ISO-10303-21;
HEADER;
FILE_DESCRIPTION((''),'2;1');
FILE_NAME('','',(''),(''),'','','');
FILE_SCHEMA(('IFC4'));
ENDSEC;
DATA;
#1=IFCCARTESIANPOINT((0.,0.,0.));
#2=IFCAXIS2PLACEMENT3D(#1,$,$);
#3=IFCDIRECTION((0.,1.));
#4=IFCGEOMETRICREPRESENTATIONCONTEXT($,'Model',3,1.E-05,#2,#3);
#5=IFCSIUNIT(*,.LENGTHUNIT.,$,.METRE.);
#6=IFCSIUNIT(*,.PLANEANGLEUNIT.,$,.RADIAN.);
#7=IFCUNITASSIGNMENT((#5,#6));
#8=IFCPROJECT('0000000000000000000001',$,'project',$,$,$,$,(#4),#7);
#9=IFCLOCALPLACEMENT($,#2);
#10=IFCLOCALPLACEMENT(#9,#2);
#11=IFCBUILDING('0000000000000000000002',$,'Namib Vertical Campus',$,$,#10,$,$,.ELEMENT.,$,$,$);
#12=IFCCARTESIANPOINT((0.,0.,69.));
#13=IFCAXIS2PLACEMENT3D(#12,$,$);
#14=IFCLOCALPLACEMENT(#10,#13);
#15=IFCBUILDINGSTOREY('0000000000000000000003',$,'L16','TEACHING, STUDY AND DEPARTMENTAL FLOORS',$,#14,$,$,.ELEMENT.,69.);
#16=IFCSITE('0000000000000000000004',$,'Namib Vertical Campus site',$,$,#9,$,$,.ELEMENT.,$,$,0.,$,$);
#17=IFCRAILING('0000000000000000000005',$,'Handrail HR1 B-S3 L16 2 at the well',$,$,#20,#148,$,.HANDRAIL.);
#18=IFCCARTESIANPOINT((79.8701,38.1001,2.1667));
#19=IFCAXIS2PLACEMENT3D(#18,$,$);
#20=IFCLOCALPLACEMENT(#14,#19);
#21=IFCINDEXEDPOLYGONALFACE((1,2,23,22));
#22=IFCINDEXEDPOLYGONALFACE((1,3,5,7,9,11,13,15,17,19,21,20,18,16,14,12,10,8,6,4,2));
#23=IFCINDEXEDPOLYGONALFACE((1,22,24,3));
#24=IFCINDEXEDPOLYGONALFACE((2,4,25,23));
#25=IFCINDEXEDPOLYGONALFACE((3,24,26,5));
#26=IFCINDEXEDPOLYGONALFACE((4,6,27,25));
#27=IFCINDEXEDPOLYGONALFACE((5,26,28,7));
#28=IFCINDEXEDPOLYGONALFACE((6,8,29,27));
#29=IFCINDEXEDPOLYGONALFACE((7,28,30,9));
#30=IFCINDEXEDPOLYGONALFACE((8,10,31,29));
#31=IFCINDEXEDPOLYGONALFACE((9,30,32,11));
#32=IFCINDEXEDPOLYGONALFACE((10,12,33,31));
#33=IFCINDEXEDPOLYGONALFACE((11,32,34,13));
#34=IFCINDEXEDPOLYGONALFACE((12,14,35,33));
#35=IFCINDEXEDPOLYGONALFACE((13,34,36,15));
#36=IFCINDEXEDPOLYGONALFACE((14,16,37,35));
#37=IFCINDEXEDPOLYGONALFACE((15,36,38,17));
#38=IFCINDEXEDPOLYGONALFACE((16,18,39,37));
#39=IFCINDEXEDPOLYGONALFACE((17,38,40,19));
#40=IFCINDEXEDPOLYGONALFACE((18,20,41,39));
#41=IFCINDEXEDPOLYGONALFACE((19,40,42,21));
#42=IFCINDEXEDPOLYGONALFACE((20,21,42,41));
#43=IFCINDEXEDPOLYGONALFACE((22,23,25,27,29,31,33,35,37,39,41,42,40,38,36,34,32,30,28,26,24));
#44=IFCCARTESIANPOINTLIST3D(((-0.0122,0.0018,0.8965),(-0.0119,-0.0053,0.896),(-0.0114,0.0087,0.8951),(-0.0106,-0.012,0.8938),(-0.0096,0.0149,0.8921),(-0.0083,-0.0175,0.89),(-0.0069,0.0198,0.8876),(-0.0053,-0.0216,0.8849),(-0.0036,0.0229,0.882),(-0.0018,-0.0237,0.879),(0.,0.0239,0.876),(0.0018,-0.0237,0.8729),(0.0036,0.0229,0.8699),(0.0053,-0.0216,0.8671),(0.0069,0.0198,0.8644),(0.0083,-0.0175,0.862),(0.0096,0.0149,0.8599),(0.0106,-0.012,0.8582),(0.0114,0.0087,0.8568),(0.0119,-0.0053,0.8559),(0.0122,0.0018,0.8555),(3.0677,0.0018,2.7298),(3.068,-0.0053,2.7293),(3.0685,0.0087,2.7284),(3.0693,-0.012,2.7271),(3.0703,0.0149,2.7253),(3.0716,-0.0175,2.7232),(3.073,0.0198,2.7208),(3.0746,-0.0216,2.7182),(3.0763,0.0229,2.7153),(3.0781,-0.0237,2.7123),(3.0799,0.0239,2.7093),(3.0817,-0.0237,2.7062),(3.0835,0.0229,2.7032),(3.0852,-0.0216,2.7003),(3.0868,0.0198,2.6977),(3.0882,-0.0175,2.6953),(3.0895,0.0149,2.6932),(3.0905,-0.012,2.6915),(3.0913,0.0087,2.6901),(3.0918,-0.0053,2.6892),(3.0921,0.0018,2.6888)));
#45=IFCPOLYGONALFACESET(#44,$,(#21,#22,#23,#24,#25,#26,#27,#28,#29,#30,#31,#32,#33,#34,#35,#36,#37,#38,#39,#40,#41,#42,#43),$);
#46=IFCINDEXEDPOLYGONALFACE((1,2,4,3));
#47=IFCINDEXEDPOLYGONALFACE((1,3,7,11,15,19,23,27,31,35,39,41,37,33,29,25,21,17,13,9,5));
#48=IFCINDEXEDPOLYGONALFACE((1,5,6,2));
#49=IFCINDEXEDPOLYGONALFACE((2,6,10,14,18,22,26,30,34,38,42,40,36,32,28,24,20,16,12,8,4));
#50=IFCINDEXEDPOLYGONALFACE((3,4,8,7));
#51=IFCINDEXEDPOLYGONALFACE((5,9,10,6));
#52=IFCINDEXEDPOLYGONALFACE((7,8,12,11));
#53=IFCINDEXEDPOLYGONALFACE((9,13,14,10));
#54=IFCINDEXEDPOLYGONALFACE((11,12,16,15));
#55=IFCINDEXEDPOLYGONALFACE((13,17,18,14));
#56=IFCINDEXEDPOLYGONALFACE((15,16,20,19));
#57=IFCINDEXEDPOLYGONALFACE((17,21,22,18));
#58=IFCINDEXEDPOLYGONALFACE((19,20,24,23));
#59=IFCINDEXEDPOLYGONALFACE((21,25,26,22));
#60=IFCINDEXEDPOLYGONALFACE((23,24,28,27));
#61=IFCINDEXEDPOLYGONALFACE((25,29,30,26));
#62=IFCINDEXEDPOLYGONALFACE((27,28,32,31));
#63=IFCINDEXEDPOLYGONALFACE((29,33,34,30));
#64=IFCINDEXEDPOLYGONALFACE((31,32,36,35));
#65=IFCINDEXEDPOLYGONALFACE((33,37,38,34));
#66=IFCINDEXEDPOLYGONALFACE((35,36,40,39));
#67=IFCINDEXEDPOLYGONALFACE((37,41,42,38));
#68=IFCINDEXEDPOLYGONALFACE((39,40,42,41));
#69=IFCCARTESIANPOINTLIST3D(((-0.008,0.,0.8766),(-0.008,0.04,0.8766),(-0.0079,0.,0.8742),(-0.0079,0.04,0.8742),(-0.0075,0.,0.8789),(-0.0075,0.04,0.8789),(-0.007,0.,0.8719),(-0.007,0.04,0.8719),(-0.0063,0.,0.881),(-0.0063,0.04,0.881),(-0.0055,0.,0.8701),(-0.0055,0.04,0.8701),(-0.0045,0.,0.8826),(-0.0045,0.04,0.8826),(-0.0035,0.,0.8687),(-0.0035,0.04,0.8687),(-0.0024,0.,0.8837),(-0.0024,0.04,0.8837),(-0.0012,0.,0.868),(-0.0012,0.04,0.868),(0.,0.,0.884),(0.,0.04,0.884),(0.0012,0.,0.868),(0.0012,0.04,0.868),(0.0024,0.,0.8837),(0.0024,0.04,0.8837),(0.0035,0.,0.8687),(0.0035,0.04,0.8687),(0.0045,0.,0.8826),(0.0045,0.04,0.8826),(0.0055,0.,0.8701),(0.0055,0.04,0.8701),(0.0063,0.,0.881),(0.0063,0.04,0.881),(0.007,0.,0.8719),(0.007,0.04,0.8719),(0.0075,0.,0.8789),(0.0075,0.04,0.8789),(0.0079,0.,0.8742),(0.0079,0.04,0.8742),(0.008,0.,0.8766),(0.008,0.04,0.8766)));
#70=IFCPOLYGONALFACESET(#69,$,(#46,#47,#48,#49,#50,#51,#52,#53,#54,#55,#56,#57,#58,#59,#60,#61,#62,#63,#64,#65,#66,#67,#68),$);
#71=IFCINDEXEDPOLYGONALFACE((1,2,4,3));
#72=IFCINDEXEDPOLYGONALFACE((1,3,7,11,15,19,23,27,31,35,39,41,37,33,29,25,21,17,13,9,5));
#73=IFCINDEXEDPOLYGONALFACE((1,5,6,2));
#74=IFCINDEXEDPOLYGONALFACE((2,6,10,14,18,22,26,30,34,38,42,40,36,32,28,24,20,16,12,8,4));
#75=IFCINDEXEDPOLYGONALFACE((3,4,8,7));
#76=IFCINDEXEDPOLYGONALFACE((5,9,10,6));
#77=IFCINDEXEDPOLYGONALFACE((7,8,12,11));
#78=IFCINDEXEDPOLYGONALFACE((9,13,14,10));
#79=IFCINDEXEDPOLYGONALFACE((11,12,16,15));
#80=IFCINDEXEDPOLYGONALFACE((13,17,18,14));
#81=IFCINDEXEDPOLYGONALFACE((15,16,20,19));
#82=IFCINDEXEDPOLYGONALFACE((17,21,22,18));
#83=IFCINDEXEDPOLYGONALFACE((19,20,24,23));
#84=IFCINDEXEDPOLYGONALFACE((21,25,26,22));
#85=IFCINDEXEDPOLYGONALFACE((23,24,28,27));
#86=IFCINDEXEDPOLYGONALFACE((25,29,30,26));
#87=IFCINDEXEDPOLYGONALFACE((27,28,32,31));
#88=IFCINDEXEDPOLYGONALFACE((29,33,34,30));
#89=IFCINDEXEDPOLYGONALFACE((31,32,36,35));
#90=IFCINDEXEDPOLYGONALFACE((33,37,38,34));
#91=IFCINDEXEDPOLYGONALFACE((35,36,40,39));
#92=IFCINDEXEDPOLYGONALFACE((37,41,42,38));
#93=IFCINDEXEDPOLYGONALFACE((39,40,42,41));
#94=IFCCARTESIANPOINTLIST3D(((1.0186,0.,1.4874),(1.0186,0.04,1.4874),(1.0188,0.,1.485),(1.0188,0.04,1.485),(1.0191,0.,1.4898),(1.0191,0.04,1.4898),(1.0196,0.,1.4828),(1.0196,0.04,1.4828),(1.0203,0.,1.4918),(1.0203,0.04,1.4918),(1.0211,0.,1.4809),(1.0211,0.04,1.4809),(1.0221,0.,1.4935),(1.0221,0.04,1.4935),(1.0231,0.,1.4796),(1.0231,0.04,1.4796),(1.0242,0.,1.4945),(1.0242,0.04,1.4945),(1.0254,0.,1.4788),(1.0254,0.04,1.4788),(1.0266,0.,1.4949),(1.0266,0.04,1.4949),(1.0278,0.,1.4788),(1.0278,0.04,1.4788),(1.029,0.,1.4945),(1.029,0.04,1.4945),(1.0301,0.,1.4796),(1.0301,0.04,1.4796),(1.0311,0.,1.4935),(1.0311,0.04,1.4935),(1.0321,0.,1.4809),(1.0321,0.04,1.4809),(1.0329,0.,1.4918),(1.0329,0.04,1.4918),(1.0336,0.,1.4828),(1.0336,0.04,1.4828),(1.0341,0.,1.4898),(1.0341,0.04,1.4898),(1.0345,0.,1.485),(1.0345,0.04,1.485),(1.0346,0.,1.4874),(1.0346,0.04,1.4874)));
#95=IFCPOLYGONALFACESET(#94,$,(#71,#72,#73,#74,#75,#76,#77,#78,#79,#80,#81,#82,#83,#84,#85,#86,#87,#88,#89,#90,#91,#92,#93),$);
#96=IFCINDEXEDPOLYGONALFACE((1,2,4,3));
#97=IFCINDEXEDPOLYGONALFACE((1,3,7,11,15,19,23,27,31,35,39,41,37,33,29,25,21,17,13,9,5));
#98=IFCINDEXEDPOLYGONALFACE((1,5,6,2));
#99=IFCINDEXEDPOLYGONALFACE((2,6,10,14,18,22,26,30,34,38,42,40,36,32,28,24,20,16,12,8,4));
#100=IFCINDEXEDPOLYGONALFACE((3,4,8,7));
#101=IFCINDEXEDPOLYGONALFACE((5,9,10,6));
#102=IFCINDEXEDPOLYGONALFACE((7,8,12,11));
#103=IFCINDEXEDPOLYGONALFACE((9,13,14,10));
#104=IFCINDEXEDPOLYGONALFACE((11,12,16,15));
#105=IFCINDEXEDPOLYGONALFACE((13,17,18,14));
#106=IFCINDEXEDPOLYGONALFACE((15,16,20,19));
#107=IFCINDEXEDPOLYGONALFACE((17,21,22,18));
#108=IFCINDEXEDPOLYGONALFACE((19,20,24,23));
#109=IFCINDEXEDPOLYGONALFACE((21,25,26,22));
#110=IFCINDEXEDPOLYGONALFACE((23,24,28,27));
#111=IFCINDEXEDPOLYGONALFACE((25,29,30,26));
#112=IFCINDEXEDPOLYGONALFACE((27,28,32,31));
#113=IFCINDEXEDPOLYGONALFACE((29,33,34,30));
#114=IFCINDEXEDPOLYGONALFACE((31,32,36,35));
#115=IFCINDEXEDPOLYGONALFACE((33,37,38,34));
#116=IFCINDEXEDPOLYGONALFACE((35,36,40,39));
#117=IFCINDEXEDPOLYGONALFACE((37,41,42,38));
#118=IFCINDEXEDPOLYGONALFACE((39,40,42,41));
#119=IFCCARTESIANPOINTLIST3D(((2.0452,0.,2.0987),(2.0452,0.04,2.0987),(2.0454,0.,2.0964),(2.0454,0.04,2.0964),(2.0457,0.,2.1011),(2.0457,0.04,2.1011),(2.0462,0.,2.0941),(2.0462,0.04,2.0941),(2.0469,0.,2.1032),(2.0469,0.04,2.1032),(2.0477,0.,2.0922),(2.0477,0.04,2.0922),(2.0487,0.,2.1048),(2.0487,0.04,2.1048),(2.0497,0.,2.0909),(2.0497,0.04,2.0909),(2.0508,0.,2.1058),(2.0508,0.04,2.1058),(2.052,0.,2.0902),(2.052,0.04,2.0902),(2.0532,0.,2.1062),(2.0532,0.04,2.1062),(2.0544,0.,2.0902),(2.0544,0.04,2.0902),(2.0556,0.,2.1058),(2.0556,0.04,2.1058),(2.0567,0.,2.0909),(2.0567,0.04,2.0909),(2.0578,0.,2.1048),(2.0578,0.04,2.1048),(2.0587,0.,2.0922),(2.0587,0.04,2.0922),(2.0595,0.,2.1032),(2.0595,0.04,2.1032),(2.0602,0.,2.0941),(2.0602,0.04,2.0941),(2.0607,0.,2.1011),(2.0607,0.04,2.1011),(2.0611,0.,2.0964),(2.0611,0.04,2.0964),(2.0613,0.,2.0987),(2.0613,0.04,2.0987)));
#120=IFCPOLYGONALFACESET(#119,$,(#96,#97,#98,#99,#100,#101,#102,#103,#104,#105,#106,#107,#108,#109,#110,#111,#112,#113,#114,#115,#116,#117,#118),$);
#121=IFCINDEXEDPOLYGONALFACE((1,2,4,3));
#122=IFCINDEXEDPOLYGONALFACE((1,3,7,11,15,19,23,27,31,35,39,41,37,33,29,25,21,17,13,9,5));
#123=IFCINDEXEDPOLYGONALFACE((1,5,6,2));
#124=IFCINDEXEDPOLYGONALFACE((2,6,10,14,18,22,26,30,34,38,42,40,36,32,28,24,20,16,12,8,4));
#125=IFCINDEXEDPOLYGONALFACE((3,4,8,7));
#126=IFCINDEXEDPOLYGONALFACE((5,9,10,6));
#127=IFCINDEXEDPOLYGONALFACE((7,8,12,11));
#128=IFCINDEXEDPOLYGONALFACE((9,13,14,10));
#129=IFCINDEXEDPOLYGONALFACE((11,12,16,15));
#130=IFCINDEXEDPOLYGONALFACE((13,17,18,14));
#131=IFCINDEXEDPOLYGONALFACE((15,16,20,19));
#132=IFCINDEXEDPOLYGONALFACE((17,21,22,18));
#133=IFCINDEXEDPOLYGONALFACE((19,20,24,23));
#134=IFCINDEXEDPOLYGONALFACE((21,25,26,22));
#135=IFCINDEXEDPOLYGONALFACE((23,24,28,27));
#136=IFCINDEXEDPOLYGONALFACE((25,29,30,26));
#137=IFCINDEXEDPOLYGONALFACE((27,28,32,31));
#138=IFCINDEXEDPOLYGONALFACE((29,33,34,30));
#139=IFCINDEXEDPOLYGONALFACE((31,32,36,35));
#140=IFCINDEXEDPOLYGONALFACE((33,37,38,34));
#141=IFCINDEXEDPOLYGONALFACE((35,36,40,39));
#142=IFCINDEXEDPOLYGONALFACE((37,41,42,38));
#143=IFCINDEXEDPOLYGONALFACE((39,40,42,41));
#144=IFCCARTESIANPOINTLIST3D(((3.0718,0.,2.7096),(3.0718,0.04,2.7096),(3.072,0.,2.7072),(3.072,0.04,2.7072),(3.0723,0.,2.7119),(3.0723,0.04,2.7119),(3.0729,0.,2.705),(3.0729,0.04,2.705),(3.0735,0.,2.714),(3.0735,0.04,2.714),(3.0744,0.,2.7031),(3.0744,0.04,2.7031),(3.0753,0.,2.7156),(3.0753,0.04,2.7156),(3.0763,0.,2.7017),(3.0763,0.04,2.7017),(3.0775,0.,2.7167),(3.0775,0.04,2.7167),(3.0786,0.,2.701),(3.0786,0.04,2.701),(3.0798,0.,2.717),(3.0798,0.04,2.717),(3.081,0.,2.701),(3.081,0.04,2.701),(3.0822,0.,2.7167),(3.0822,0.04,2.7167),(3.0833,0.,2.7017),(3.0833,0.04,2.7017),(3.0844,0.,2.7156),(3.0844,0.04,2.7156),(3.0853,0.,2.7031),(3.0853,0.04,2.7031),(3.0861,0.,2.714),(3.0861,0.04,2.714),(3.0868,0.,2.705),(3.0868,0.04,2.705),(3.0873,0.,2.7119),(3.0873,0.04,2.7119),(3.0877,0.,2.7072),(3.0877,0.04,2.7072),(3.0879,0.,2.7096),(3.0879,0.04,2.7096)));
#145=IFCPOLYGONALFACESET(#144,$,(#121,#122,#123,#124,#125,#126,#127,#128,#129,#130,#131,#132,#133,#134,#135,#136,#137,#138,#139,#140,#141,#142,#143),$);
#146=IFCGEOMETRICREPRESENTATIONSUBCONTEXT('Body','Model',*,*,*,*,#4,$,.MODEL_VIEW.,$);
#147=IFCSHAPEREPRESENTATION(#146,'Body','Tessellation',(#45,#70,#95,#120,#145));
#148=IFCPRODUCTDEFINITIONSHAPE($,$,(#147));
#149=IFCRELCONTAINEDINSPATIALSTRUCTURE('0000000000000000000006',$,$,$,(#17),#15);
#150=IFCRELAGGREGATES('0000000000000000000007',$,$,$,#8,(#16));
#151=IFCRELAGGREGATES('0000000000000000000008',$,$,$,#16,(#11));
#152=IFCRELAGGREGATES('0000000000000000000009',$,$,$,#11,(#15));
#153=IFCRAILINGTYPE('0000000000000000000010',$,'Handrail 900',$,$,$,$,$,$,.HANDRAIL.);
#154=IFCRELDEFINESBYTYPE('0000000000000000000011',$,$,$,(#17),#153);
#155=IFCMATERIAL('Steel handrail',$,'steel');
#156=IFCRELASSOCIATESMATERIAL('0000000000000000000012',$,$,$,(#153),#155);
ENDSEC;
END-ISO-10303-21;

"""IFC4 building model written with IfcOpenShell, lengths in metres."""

from ifc_helpers import new_model, si_unit, direction, frame, origin, origin_2d, place, context, subcontext, project, spatial, circle, extrude, material, type_object, element, save


model = new_model("IFC4")

# Units and contexts
model_context = context("Model", 3, precision=1e-05, world=origin(), true_north=direction((0.0, 1.0)))
body_context = subcontext(model_context, "Body", "Model", "MODEL_VIEW")
ifc_project = project(units=[si_unit("LENGTHUNIT", "METRE"), si_unit("PLANEANGLEUNIT", "RADIAN")], contexts=[model_context])

# Site, building, storey
site_placement = place(None, origin())
site = spatial("IfcSite", under=ifc_project, at=site_placement, Name="Namib Vertical Campus site", CompositionType="ELEMENT", RefElevation=0.0)
building_placement = place(site_placement, origin())
building = spatial("IfcBuilding", under=site, at=building_placement, Name="Namib Vertical Campus", CompositionType="ELEMENT")
storey_placement = place(building_placement, frame((0.0, 0.0, 69.0)))
storey = spatial("IfcBuildingStorey", under=building, at=storey_placement, Name="L16", Description="TEACHING, STUDY AND DEPARTMENTAL FLOORS", CompositionType="ELEMENT", Elevation=69.0)

# Railing
ifc_material_1 = material(Name="Steel handrail", Category="steel")
railing_type = type_object("IfcRailingType", Name="Handrail 900", PredefinedType="HANDRAIL", material=ifc_material_1)
railing_1_placement = place(storey_placement, frame((79.8701, 38.1001, 2.1667)))
element("IfcRailing", 1, at=railing_1_placement, inside=storey, type_object=railing_type, Name="Handrail HR1 B-S3 L16 2 at the well", PredefinedType="HANDRAIL", context=body_context, shape_type="SweptSolid", body=[
    extrude(circle(Radius=0.0239, at=origin_2d()), frame((0.0, 0.0, 0.876), z_axis=(0.859291, 0.0, 0.511487), x_axis=(0.0, 1.0, 0.0)), (0.0, 0.0, 1.0), 3.5842),
    extrude(circle(Radius=0.0081, at=origin_2d()), frame((0.0, 0.0, 0.876), z_axis=(0.0, 1.0, 0.0), x_axis=(0.0, 0.0, 1.0)), (0.0, 0.0, 1.0), 0.04),
    extrude(circle(Radius=0.0081, at=origin_2d()), frame((1.0266, 0.0, 1.4868), z_axis=(0.0, 1.0, 0.0), x_axis=(0.0, 0.0, 1.0)), (0.0, 0.0, 1.0), 0.04),
    extrude(circle(Radius=0.0081, at=origin_2d()), frame((2.0532, 0.0, 2.0981), z_axis=(0.0, 1.0, 0.0), x_axis=(0.0, 0.0, 1.0)), (0.0, 0.0, 1.0), 0.04),
    extrude(circle(Radius=0.0081, at=origin_2d()), frame((3.0798, 0.0, 2.709), z_axis=(0.0, 1.0, 0.0), x_axis=(0.0, 0.0, 1.0)), (0.0, 0.0, 1.0), 0.04),
])

save(model, "model.ifc")
